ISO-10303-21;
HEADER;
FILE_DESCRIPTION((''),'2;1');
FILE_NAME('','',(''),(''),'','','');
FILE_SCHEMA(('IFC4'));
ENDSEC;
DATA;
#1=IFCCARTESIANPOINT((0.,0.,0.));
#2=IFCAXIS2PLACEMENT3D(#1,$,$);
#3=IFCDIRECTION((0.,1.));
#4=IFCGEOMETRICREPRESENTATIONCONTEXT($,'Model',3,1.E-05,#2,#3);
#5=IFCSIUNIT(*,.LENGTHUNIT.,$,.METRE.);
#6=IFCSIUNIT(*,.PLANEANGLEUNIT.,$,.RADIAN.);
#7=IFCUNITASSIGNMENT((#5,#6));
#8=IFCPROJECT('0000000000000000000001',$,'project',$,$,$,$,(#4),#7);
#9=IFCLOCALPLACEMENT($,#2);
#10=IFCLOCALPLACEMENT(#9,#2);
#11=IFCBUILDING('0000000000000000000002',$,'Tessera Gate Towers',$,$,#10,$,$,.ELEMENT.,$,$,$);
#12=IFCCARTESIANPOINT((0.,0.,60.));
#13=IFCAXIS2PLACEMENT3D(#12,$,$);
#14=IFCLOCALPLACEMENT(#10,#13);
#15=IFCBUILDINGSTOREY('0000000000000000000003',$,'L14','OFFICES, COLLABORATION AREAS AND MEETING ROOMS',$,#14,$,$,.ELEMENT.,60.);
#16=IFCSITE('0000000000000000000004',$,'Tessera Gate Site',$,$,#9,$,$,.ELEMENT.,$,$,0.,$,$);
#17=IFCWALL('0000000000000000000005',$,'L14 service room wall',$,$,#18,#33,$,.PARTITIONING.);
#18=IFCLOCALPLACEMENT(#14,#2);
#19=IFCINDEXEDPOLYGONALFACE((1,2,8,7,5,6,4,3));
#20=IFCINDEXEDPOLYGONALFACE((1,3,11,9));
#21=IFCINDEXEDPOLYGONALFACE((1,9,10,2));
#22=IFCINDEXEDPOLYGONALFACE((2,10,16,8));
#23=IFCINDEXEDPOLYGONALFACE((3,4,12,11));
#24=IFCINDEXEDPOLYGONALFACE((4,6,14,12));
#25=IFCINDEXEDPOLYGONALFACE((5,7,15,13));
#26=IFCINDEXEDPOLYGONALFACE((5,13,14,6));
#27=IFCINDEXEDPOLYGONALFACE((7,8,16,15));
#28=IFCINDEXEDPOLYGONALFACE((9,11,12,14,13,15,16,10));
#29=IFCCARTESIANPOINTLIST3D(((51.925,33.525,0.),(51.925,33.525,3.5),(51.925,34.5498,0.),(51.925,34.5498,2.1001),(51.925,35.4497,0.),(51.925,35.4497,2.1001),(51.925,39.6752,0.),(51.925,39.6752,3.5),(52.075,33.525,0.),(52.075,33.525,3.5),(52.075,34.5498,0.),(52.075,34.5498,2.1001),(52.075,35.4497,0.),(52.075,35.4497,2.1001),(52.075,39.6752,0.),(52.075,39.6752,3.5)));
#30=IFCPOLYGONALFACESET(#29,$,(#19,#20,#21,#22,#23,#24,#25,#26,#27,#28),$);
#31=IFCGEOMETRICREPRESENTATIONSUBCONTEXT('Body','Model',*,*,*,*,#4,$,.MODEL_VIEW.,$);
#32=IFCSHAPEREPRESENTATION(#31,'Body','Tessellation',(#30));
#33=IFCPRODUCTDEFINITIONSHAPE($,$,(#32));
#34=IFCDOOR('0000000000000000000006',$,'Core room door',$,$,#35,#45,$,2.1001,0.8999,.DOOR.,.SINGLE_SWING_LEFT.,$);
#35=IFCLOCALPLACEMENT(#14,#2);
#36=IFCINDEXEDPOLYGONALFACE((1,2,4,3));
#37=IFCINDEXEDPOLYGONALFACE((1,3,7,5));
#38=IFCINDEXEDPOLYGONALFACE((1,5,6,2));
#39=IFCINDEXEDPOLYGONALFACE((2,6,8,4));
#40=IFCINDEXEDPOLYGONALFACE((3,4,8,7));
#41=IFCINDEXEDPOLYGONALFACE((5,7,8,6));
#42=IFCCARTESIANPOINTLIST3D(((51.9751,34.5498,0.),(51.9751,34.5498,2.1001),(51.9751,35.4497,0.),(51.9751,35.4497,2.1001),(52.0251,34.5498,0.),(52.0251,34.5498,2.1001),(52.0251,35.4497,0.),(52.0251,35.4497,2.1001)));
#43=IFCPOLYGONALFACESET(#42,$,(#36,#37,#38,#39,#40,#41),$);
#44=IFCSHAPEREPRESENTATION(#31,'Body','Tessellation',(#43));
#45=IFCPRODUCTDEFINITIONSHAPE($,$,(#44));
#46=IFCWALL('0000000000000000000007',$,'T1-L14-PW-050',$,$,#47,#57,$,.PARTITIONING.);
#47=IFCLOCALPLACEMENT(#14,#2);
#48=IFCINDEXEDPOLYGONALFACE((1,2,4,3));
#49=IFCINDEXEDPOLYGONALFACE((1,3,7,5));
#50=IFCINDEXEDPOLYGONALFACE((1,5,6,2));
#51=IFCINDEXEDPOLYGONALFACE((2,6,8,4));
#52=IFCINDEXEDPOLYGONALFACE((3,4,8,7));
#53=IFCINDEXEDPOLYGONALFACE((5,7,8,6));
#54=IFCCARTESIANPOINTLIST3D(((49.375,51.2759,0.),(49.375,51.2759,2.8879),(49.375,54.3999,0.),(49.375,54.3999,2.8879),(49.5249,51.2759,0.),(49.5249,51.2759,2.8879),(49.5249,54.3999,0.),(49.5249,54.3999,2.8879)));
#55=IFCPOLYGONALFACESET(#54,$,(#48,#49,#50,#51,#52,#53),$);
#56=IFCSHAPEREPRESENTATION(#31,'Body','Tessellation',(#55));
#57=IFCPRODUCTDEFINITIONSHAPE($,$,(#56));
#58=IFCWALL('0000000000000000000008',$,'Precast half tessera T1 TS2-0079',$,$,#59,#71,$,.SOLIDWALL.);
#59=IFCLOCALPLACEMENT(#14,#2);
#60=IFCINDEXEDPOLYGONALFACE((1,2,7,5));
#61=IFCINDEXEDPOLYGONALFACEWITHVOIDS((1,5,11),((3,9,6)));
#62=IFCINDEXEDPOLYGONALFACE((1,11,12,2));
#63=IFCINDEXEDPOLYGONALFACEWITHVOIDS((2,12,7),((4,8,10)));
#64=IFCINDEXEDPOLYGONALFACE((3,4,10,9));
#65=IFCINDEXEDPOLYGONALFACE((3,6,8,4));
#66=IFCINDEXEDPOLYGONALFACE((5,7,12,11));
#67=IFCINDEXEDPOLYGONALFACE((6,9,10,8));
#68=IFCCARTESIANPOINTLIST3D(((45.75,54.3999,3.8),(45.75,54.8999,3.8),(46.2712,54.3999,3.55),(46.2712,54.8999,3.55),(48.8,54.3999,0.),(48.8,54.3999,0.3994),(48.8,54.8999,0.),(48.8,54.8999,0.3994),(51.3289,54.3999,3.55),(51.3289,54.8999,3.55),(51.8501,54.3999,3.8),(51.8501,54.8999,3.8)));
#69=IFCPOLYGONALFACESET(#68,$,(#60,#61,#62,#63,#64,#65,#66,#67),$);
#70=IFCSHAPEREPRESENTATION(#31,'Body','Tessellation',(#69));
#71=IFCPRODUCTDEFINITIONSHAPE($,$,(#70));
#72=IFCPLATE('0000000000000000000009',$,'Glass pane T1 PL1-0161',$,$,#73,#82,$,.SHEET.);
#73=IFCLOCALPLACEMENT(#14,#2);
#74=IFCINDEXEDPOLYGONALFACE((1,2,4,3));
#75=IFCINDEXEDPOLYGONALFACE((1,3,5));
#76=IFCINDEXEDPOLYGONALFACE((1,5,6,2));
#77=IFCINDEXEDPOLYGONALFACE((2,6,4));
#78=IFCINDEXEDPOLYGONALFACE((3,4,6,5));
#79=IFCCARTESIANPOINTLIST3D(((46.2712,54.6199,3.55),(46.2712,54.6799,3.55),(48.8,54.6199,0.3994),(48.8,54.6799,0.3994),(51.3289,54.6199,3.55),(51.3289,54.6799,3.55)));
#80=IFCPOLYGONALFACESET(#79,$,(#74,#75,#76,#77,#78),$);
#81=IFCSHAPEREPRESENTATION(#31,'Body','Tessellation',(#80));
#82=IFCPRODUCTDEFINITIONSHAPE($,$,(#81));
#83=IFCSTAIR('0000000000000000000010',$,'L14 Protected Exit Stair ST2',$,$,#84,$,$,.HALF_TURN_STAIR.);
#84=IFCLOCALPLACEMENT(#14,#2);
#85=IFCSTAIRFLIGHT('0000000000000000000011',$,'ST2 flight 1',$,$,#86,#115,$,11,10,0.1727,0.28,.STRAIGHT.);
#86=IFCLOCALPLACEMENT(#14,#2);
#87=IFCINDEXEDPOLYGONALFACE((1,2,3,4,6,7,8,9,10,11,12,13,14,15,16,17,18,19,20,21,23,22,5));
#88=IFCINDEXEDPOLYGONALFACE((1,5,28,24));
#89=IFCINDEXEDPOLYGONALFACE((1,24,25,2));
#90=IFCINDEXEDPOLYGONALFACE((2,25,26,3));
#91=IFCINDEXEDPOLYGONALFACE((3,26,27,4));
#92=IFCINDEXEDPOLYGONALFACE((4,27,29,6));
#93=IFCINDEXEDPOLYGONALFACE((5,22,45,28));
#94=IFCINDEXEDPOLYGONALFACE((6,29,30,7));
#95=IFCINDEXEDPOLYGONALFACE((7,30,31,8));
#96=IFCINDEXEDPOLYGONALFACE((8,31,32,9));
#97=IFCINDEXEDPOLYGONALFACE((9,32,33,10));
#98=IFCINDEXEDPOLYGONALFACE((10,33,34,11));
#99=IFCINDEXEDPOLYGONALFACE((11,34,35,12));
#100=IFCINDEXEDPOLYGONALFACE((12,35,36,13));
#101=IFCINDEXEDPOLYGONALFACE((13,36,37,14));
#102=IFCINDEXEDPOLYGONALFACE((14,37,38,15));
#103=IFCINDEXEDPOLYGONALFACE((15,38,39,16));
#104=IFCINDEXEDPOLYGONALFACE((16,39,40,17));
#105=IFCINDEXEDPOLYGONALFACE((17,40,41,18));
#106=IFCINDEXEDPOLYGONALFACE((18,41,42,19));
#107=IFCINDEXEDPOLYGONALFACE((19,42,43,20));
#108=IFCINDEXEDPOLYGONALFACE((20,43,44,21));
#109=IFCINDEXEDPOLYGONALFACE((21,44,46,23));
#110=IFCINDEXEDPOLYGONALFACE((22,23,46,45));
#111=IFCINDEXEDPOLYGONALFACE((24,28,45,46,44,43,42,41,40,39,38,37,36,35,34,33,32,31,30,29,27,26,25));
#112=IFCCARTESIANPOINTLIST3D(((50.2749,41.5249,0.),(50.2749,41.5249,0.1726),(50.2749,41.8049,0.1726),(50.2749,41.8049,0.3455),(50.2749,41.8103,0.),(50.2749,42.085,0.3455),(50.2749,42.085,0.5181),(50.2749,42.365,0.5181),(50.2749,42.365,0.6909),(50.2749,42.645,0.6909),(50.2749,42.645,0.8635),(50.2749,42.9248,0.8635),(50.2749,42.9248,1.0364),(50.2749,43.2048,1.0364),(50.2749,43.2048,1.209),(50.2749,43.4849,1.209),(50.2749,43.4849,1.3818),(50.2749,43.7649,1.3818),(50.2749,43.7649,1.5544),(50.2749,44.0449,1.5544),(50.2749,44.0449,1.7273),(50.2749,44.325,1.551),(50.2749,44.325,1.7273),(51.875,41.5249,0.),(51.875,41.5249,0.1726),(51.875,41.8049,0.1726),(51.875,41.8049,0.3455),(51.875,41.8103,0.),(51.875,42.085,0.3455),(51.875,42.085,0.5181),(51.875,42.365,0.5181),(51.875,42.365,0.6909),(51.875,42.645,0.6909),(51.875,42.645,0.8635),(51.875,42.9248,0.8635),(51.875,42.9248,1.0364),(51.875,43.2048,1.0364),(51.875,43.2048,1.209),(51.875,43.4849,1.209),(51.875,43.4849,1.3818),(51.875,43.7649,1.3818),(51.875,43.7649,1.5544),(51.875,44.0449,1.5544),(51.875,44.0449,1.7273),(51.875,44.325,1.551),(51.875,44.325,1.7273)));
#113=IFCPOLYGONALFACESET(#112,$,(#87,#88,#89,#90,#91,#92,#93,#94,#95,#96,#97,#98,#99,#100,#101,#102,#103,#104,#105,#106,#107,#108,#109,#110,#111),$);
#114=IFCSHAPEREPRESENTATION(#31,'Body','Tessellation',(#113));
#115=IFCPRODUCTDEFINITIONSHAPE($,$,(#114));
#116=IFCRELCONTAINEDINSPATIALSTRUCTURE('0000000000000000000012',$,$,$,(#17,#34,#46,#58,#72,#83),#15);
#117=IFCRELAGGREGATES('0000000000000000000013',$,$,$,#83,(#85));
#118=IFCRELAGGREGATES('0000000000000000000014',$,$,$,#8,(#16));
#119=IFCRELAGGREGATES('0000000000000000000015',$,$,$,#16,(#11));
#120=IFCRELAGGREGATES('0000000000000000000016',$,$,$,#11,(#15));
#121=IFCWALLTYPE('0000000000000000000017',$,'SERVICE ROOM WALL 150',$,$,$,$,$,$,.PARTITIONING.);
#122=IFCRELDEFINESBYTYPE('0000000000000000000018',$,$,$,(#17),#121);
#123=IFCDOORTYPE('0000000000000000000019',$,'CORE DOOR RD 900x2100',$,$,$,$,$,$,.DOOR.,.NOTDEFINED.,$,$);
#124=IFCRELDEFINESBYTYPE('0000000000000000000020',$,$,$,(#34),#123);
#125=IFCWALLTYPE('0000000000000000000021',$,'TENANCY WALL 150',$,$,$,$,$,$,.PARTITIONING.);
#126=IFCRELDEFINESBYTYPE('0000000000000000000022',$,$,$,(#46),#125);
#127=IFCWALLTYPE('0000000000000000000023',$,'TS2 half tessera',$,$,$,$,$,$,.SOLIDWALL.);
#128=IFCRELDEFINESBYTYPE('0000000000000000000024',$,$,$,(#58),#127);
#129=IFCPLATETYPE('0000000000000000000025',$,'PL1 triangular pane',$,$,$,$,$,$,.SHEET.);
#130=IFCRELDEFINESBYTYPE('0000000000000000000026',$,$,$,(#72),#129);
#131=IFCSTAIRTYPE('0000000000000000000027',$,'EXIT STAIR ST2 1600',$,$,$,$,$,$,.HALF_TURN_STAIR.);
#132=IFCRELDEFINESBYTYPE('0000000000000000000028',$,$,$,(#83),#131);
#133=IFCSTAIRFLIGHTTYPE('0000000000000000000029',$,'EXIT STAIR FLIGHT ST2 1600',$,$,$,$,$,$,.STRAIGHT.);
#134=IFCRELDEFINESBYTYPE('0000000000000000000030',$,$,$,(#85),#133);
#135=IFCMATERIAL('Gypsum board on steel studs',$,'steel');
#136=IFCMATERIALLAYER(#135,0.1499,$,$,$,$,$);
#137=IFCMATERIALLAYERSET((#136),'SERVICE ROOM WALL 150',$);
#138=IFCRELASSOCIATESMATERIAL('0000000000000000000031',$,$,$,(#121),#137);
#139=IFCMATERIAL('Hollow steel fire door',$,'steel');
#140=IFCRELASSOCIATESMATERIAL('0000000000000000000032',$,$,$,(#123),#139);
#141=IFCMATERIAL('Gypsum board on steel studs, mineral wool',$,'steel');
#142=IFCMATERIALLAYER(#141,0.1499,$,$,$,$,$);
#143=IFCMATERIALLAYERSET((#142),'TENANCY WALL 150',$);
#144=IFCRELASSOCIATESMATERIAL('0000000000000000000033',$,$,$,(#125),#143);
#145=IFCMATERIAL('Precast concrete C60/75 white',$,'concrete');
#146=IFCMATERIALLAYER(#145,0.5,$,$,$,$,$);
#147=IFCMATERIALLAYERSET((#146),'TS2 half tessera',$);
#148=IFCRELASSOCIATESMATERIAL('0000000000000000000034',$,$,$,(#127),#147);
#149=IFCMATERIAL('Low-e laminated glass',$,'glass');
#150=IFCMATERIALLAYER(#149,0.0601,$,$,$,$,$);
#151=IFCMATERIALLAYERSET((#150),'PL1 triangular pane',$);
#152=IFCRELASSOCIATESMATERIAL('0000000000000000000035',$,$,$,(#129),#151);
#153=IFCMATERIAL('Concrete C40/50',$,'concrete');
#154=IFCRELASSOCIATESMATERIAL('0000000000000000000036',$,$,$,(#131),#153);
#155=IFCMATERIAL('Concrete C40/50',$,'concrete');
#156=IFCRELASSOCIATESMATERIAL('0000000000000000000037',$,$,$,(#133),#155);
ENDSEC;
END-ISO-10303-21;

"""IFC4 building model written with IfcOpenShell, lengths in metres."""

from ifc_helpers import new_model, si_unit, direction, frame, frame_2d, origin, place, context, subcontext, project, spatial, polyline, rectangle, outline, extrude, source, transform, mapped, material, layer, layer_set, type_object, element, fill, aggregate, save


model = new_model("IFC4")

# Units and contexts
model_context = context("Model", 3, precision=1e-05, world=origin(), true_north=direction((0.0, 1.0)))
body_context = subcontext(model_context, "Body", "Model", "MODEL_VIEW")
ifc_project = project(units=[si_unit("LENGTHUNIT", "METRE"), si_unit("PLANEANGLEUNIT", "RADIAN")], contexts=[model_context])

# Site, building, storey
site_placement = place(None, origin())
site = spatial("IfcSite", under=ifc_project, at=site_placement, Name="Tessera Gate Site", CompositionType="ELEMENT", RefElevation=0.0)
building_placement = place(site_placement, origin())
building = spatial("IfcBuilding", under=site, at=building_placement, Name="Tessera Gate Towers", CompositionType="ELEMENT")
storey_placement = place(building_placement, frame((0.0, 0.0, 60.0)))
storey = spatial("IfcBuildingStorey", under=building, at=storey_placement, Name="L14", Description="OFFICES, COLLABORATION AREAS AND MEETING ROOMS", CompositionType="ELEMENT", Elevation=60.0)

# Wall, opening, door
ifc_material_1 = material(Name="Gypsum board on steel studs", Category="steel")
ifc_layer_1 = layer(ifc_material_1, 0.1499)
ifc_layer_set_1 = layer_set([ifc_layer_1], Name="SERVICE ROOM WALL 150")
wall_type_1 = type_object("IfcWallType", Name="SERVICE ROOM WALL 150", PredefinedType="PARTITIONING", material=ifc_layer_set_1)
wall_1_placement = place(storey_placement, frame((52.0, 33.5249, 0.0), z_axis=(0.0, 0.0, 1.0), x_axis=(0.0, 1.0, 0.0)))
wall_1 = element("IfcWall", 1, at=wall_1_placement, inside=storey, type_object=wall_type_1, Name="L14 service room wall", PredefinedType="PARTITIONING", context=body_context, shape_type="SweptSolid", body=[
    extrude(rectangle(XDim=6.1501, YDim=0.1499, at=frame_2d((3.0752, 0.0))), origin(), (0.0, 0.0, 1.0), 3.5),
])
shared_shape_1 = source(origin(), body_context, "Body", "SweptSolid", [
    extrude(rectangle(XDim=0.8999, YDim=2.1001, at=frame_2d((0.45, 1.05))), frame((0.0, 0.085, 0.0), z_axis=(0.0, -1.0, 0.0), x_axis=(1.0, 0.0, 0.0)), (0.0, 0.0, 1.0), 0.1699),
])
opening_1_placement = place(wall_1_placement, frame((1.0249, 0.0, 0.0)))
opening_1 = element("IfcOpeningElement", 2, at=opening_1_placement, cuts=wall_1, PredefinedType="OPENING", context=body_context, shape_type="MappedRepresentation", body=[
    mapped(shared_shape_1, transform((0.0, 0.0, 0.0), scale=1.0)),
])
ifc_material_2 = material(Name="Hollow steel fire door", Category="steel")
door_type_1 = type_object("IfcDoorType", Name="CORE DOOR RD 900x2100", OperationType="NOTDEFINED", PredefinedType="DOOR", material=ifc_material_2)
shared_shape_2 = source(origin(), body_context, "Body", "SweptSolid", [
    extrude(rectangle(XDim=0.8999, YDim=2.1001, at=frame_2d((0.45, 1.05))), frame((0.0, 0.0249, 0.0), z_axis=(0.0, -1.0, 0.0), x_axis=(1.0, 0.0, 0.0)), (0.0, 0.0, 1.0), 0.05),
])
door_1_placement = place(opening_1_placement, origin())
door_1 = element("IfcDoor", 3, at=door_1_placement, inside=storey, type_object=door_type_1, Name="Core room door", OperationType="SINGLE_SWING_LEFT", OverallHeight=2.1001, OverallWidth=0.8999, PredefinedType="DOOR", context=body_context, shape_type="MappedRepresentation", body=[
    mapped(shared_shape_2, transform((0.0, 0.0, 0.0), scale=1.0)),
])
fill(opening_1, door_1)

# Wall
ifc_material_3 = material(Name="Gypsum board on steel studs, mineral wool", Category="steel")
ifc_layer_2 = layer(ifc_material_3, 0.1499)
ifc_layer_set_2 = layer_set([ifc_layer_2], Name="TENANCY WALL 150")
wall_type_2 = type_object("IfcWallType", Name="TENANCY WALL 150", PredefinedType="PARTITIONING", material=ifc_layer_set_2)
wall_2_placement = place(storey_placement, frame((49.45, 51.2759, 0.0), z_axis=(0.0, 0.0, 1.0), x_axis=(0.0, 1.0, 0.0)))
element("IfcWall", 4, at=wall_2_placement, inside=storey, type_object=wall_type_2, Name="T1-L14-PW-050", PredefinedType="PARTITIONING", context=body_context, shape_type="SweptSolid", body=[
    extrude(rectangle(XDim=3.124, YDim=0.1499, at=frame_2d((1.562, 0.0))), origin(), (0.0, 0.0, 1.0), 2.8879),
])

# Wall, opening, plate
ifc_material_4 = material(Name="Precast concrete C60/75 white", Category="concrete")
ifc_layer_3 = layer(ifc_material_4, 0.5)
ifc_layer_set_3 = layer_set([ifc_layer_3], Name="TS2 half tessera")
wall_type_3 = type_object("IfcWallType", Name="TS2 half tessera", PredefinedType="SOLIDWALL", material=ifc_layer_set_3)
shared_shape_3 = source(origin(), body_context, "Body", "SweptSolid", [
    extrude(outline(polyline([(3.05, 0.0), (6.1001, 3.8), (0.0, 3.8), (3.05, 0.0)])), frame((0.0, 0.25, 0.0), z_axis=(0.0, -1.0, 0.0), x_axis=(1.0, 0.0, 0.0)), (0.0, 0.0, 1.0), 0.5),
])
wall_3_placement = place(storey_placement, frame((51.8501, 54.6499, 0.0), z_axis=(0.0, 0.0, 1.0), x_axis=(-1.0, 0.0, 0.0)))
wall_3 = element("IfcWall", 5, at=wall_3_placement, inside=storey, type_object=wall_type_3, Name="Precast half tessera T1 TS2-0079", PredefinedType="SOLIDWALL", context=body_context, shape_type="MappedRepresentation", body=[
    mapped(shared_shape_3, transform((0.0, 0.0, 0.0), scale=1.0)),
])
shared_shape_4 = source(origin(), body_context, "Body", "SweptSolid", [
    extrude(outline(polyline([(3.05, 0.3994), (5.5789, 3.55), (0.5212, 3.55), (3.05, 0.3994)])), frame((0.0, 0.26, 0.0), z_axis=(0.0, -1.0, 0.0), x_axis=(1.0, 0.0, 0.0)), (0.0, 0.0, 1.0), 0.52),
])
opening_2_placement = place(wall_3_placement, origin())
opening_2 = element("IfcOpeningElement", 6, at=opening_2_placement, cuts=wall_3, PredefinedType="OPENING", context=body_context, shape_type="MappedRepresentation", body=[
    mapped(shared_shape_4, transform((0.0, 0.0, 0.0), scale=1.0)),
])
ifc_material_5 = material(Name="Low-e laminated glass", Category="glass")
ifc_layer_4 = layer(ifc_material_5, 0.0601)
ifc_layer_set_4 = layer_set([ifc_layer_4], Name="PL1 triangular pane")
plate_type = type_object("IfcPlateType", Name="PL1 triangular pane", PredefinedType="SHEET", material=ifc_layer_set_4)
shared_shape_5 = source(origin(), body_context, "Body", "SweptSolid", [
    extrude(outline(polyline([(3.05, 0.3994), (5.5789, 3.55), (0.5212, 3.55), (3.05, 0.3994)])), frame((0.0, 0.03, 0.0), z_axis=(0.0, -1.0, 0.0), x_axis=(1.0, 0.0, 0.0)), (0.0, 0.0, 1.0), 0.0601),
])
plate_placement = place(opening_2_placement, origin())
plate = element("IfcPlate", 7, at=plate_placement, inside=storey, type_object=plate_type, Name="Glass pane T1 PL1-0161", PredefinedType="SHEET", context=body_context, shape_type="MappedRepresentation", body=[
    mapped(shared_shape_5, transform((0.0, 0.0, 0.0), scale=1.0)),
])
fill(opening_2, plate)

# Stair, stair flight
ifc_material_6 = material(Name="Concrete C40/50", Category="concrete")
stair_type = type_object("IfcStairType", Name="EXIT STAIR ST2 1600", PredefinedType="HALF_TURN_STAIR", material=ifc_material_6)
stair_placement = place(storey_placement, origin())
stair = element("IfcStair", 8, at=stair_placement, inside=storey, type_object=stair_type, Name="L14 Protected Exit Stair ST2", PredefinedType="HALF_TURN_STAIR")
ifc_material_7 = material(Name="Concrete C40/50", Category="concrete")
stair_flight_type = type_object("IfcStairFlightType", Name="EXIT STAIR FLIGHT ST2 1600", PredefinedType="STRAIGHT", material=ifc_material_7)
stair_flight_placement = place(storey_placement, frame((51.075, 41.5249, 0.0), z_axis=(0.0, 0.0, 1.0), x_axis=(0.0, 1.0, 0.0)))
stair_flight = element("IfcStairFlight", 9, at=stair_flight_placement, type_object=stair_flight_type, Name="ST2 flight 1", NumberOfRisers=11, NumberOfTreads=10, PredefinedType="STRAIGHT", RiserHeight=0.1727, TreadLength=0.28, context=body_context, shape_type="SweptSolid", body=[
    extrude(outline(polyline([(0.0, 0.0), (0.0, 0.1726), (0.28, 0.1726), (0.28, 0.3455), (0.5601, 0.3455), (0.5601, 0.5181), (0.8401, 0.5181), (0.8401, 0.6909), (1.1201, 0.6909), (1.1201, 0.8635), (1.3999, 0.8635), (1.3999, 1.0364), (1.6799, 1.0364), (1.6799, 1.209), (1.96, 1.209), (1.96, 1.3818), (2.24, 1.3818), (2.24, 1.5544), (2.52, 1.5544), (2.52, 1.7273), (2.8, 1.7273), (2.8, 1.8999), (2.8, 1.551), (0.2854, 0.0), (0.0, 0.0)])), frame((0.0, 0.8, 0.0), z_axis=(0.0, -1.0, 0.0), x_axis=(1.0, 0.0, 0.0)), (0.0, 0.0, 1.0), 1.6001),
])
aggregate(stair, [stair_flight])

save(model, "model.ifc")
